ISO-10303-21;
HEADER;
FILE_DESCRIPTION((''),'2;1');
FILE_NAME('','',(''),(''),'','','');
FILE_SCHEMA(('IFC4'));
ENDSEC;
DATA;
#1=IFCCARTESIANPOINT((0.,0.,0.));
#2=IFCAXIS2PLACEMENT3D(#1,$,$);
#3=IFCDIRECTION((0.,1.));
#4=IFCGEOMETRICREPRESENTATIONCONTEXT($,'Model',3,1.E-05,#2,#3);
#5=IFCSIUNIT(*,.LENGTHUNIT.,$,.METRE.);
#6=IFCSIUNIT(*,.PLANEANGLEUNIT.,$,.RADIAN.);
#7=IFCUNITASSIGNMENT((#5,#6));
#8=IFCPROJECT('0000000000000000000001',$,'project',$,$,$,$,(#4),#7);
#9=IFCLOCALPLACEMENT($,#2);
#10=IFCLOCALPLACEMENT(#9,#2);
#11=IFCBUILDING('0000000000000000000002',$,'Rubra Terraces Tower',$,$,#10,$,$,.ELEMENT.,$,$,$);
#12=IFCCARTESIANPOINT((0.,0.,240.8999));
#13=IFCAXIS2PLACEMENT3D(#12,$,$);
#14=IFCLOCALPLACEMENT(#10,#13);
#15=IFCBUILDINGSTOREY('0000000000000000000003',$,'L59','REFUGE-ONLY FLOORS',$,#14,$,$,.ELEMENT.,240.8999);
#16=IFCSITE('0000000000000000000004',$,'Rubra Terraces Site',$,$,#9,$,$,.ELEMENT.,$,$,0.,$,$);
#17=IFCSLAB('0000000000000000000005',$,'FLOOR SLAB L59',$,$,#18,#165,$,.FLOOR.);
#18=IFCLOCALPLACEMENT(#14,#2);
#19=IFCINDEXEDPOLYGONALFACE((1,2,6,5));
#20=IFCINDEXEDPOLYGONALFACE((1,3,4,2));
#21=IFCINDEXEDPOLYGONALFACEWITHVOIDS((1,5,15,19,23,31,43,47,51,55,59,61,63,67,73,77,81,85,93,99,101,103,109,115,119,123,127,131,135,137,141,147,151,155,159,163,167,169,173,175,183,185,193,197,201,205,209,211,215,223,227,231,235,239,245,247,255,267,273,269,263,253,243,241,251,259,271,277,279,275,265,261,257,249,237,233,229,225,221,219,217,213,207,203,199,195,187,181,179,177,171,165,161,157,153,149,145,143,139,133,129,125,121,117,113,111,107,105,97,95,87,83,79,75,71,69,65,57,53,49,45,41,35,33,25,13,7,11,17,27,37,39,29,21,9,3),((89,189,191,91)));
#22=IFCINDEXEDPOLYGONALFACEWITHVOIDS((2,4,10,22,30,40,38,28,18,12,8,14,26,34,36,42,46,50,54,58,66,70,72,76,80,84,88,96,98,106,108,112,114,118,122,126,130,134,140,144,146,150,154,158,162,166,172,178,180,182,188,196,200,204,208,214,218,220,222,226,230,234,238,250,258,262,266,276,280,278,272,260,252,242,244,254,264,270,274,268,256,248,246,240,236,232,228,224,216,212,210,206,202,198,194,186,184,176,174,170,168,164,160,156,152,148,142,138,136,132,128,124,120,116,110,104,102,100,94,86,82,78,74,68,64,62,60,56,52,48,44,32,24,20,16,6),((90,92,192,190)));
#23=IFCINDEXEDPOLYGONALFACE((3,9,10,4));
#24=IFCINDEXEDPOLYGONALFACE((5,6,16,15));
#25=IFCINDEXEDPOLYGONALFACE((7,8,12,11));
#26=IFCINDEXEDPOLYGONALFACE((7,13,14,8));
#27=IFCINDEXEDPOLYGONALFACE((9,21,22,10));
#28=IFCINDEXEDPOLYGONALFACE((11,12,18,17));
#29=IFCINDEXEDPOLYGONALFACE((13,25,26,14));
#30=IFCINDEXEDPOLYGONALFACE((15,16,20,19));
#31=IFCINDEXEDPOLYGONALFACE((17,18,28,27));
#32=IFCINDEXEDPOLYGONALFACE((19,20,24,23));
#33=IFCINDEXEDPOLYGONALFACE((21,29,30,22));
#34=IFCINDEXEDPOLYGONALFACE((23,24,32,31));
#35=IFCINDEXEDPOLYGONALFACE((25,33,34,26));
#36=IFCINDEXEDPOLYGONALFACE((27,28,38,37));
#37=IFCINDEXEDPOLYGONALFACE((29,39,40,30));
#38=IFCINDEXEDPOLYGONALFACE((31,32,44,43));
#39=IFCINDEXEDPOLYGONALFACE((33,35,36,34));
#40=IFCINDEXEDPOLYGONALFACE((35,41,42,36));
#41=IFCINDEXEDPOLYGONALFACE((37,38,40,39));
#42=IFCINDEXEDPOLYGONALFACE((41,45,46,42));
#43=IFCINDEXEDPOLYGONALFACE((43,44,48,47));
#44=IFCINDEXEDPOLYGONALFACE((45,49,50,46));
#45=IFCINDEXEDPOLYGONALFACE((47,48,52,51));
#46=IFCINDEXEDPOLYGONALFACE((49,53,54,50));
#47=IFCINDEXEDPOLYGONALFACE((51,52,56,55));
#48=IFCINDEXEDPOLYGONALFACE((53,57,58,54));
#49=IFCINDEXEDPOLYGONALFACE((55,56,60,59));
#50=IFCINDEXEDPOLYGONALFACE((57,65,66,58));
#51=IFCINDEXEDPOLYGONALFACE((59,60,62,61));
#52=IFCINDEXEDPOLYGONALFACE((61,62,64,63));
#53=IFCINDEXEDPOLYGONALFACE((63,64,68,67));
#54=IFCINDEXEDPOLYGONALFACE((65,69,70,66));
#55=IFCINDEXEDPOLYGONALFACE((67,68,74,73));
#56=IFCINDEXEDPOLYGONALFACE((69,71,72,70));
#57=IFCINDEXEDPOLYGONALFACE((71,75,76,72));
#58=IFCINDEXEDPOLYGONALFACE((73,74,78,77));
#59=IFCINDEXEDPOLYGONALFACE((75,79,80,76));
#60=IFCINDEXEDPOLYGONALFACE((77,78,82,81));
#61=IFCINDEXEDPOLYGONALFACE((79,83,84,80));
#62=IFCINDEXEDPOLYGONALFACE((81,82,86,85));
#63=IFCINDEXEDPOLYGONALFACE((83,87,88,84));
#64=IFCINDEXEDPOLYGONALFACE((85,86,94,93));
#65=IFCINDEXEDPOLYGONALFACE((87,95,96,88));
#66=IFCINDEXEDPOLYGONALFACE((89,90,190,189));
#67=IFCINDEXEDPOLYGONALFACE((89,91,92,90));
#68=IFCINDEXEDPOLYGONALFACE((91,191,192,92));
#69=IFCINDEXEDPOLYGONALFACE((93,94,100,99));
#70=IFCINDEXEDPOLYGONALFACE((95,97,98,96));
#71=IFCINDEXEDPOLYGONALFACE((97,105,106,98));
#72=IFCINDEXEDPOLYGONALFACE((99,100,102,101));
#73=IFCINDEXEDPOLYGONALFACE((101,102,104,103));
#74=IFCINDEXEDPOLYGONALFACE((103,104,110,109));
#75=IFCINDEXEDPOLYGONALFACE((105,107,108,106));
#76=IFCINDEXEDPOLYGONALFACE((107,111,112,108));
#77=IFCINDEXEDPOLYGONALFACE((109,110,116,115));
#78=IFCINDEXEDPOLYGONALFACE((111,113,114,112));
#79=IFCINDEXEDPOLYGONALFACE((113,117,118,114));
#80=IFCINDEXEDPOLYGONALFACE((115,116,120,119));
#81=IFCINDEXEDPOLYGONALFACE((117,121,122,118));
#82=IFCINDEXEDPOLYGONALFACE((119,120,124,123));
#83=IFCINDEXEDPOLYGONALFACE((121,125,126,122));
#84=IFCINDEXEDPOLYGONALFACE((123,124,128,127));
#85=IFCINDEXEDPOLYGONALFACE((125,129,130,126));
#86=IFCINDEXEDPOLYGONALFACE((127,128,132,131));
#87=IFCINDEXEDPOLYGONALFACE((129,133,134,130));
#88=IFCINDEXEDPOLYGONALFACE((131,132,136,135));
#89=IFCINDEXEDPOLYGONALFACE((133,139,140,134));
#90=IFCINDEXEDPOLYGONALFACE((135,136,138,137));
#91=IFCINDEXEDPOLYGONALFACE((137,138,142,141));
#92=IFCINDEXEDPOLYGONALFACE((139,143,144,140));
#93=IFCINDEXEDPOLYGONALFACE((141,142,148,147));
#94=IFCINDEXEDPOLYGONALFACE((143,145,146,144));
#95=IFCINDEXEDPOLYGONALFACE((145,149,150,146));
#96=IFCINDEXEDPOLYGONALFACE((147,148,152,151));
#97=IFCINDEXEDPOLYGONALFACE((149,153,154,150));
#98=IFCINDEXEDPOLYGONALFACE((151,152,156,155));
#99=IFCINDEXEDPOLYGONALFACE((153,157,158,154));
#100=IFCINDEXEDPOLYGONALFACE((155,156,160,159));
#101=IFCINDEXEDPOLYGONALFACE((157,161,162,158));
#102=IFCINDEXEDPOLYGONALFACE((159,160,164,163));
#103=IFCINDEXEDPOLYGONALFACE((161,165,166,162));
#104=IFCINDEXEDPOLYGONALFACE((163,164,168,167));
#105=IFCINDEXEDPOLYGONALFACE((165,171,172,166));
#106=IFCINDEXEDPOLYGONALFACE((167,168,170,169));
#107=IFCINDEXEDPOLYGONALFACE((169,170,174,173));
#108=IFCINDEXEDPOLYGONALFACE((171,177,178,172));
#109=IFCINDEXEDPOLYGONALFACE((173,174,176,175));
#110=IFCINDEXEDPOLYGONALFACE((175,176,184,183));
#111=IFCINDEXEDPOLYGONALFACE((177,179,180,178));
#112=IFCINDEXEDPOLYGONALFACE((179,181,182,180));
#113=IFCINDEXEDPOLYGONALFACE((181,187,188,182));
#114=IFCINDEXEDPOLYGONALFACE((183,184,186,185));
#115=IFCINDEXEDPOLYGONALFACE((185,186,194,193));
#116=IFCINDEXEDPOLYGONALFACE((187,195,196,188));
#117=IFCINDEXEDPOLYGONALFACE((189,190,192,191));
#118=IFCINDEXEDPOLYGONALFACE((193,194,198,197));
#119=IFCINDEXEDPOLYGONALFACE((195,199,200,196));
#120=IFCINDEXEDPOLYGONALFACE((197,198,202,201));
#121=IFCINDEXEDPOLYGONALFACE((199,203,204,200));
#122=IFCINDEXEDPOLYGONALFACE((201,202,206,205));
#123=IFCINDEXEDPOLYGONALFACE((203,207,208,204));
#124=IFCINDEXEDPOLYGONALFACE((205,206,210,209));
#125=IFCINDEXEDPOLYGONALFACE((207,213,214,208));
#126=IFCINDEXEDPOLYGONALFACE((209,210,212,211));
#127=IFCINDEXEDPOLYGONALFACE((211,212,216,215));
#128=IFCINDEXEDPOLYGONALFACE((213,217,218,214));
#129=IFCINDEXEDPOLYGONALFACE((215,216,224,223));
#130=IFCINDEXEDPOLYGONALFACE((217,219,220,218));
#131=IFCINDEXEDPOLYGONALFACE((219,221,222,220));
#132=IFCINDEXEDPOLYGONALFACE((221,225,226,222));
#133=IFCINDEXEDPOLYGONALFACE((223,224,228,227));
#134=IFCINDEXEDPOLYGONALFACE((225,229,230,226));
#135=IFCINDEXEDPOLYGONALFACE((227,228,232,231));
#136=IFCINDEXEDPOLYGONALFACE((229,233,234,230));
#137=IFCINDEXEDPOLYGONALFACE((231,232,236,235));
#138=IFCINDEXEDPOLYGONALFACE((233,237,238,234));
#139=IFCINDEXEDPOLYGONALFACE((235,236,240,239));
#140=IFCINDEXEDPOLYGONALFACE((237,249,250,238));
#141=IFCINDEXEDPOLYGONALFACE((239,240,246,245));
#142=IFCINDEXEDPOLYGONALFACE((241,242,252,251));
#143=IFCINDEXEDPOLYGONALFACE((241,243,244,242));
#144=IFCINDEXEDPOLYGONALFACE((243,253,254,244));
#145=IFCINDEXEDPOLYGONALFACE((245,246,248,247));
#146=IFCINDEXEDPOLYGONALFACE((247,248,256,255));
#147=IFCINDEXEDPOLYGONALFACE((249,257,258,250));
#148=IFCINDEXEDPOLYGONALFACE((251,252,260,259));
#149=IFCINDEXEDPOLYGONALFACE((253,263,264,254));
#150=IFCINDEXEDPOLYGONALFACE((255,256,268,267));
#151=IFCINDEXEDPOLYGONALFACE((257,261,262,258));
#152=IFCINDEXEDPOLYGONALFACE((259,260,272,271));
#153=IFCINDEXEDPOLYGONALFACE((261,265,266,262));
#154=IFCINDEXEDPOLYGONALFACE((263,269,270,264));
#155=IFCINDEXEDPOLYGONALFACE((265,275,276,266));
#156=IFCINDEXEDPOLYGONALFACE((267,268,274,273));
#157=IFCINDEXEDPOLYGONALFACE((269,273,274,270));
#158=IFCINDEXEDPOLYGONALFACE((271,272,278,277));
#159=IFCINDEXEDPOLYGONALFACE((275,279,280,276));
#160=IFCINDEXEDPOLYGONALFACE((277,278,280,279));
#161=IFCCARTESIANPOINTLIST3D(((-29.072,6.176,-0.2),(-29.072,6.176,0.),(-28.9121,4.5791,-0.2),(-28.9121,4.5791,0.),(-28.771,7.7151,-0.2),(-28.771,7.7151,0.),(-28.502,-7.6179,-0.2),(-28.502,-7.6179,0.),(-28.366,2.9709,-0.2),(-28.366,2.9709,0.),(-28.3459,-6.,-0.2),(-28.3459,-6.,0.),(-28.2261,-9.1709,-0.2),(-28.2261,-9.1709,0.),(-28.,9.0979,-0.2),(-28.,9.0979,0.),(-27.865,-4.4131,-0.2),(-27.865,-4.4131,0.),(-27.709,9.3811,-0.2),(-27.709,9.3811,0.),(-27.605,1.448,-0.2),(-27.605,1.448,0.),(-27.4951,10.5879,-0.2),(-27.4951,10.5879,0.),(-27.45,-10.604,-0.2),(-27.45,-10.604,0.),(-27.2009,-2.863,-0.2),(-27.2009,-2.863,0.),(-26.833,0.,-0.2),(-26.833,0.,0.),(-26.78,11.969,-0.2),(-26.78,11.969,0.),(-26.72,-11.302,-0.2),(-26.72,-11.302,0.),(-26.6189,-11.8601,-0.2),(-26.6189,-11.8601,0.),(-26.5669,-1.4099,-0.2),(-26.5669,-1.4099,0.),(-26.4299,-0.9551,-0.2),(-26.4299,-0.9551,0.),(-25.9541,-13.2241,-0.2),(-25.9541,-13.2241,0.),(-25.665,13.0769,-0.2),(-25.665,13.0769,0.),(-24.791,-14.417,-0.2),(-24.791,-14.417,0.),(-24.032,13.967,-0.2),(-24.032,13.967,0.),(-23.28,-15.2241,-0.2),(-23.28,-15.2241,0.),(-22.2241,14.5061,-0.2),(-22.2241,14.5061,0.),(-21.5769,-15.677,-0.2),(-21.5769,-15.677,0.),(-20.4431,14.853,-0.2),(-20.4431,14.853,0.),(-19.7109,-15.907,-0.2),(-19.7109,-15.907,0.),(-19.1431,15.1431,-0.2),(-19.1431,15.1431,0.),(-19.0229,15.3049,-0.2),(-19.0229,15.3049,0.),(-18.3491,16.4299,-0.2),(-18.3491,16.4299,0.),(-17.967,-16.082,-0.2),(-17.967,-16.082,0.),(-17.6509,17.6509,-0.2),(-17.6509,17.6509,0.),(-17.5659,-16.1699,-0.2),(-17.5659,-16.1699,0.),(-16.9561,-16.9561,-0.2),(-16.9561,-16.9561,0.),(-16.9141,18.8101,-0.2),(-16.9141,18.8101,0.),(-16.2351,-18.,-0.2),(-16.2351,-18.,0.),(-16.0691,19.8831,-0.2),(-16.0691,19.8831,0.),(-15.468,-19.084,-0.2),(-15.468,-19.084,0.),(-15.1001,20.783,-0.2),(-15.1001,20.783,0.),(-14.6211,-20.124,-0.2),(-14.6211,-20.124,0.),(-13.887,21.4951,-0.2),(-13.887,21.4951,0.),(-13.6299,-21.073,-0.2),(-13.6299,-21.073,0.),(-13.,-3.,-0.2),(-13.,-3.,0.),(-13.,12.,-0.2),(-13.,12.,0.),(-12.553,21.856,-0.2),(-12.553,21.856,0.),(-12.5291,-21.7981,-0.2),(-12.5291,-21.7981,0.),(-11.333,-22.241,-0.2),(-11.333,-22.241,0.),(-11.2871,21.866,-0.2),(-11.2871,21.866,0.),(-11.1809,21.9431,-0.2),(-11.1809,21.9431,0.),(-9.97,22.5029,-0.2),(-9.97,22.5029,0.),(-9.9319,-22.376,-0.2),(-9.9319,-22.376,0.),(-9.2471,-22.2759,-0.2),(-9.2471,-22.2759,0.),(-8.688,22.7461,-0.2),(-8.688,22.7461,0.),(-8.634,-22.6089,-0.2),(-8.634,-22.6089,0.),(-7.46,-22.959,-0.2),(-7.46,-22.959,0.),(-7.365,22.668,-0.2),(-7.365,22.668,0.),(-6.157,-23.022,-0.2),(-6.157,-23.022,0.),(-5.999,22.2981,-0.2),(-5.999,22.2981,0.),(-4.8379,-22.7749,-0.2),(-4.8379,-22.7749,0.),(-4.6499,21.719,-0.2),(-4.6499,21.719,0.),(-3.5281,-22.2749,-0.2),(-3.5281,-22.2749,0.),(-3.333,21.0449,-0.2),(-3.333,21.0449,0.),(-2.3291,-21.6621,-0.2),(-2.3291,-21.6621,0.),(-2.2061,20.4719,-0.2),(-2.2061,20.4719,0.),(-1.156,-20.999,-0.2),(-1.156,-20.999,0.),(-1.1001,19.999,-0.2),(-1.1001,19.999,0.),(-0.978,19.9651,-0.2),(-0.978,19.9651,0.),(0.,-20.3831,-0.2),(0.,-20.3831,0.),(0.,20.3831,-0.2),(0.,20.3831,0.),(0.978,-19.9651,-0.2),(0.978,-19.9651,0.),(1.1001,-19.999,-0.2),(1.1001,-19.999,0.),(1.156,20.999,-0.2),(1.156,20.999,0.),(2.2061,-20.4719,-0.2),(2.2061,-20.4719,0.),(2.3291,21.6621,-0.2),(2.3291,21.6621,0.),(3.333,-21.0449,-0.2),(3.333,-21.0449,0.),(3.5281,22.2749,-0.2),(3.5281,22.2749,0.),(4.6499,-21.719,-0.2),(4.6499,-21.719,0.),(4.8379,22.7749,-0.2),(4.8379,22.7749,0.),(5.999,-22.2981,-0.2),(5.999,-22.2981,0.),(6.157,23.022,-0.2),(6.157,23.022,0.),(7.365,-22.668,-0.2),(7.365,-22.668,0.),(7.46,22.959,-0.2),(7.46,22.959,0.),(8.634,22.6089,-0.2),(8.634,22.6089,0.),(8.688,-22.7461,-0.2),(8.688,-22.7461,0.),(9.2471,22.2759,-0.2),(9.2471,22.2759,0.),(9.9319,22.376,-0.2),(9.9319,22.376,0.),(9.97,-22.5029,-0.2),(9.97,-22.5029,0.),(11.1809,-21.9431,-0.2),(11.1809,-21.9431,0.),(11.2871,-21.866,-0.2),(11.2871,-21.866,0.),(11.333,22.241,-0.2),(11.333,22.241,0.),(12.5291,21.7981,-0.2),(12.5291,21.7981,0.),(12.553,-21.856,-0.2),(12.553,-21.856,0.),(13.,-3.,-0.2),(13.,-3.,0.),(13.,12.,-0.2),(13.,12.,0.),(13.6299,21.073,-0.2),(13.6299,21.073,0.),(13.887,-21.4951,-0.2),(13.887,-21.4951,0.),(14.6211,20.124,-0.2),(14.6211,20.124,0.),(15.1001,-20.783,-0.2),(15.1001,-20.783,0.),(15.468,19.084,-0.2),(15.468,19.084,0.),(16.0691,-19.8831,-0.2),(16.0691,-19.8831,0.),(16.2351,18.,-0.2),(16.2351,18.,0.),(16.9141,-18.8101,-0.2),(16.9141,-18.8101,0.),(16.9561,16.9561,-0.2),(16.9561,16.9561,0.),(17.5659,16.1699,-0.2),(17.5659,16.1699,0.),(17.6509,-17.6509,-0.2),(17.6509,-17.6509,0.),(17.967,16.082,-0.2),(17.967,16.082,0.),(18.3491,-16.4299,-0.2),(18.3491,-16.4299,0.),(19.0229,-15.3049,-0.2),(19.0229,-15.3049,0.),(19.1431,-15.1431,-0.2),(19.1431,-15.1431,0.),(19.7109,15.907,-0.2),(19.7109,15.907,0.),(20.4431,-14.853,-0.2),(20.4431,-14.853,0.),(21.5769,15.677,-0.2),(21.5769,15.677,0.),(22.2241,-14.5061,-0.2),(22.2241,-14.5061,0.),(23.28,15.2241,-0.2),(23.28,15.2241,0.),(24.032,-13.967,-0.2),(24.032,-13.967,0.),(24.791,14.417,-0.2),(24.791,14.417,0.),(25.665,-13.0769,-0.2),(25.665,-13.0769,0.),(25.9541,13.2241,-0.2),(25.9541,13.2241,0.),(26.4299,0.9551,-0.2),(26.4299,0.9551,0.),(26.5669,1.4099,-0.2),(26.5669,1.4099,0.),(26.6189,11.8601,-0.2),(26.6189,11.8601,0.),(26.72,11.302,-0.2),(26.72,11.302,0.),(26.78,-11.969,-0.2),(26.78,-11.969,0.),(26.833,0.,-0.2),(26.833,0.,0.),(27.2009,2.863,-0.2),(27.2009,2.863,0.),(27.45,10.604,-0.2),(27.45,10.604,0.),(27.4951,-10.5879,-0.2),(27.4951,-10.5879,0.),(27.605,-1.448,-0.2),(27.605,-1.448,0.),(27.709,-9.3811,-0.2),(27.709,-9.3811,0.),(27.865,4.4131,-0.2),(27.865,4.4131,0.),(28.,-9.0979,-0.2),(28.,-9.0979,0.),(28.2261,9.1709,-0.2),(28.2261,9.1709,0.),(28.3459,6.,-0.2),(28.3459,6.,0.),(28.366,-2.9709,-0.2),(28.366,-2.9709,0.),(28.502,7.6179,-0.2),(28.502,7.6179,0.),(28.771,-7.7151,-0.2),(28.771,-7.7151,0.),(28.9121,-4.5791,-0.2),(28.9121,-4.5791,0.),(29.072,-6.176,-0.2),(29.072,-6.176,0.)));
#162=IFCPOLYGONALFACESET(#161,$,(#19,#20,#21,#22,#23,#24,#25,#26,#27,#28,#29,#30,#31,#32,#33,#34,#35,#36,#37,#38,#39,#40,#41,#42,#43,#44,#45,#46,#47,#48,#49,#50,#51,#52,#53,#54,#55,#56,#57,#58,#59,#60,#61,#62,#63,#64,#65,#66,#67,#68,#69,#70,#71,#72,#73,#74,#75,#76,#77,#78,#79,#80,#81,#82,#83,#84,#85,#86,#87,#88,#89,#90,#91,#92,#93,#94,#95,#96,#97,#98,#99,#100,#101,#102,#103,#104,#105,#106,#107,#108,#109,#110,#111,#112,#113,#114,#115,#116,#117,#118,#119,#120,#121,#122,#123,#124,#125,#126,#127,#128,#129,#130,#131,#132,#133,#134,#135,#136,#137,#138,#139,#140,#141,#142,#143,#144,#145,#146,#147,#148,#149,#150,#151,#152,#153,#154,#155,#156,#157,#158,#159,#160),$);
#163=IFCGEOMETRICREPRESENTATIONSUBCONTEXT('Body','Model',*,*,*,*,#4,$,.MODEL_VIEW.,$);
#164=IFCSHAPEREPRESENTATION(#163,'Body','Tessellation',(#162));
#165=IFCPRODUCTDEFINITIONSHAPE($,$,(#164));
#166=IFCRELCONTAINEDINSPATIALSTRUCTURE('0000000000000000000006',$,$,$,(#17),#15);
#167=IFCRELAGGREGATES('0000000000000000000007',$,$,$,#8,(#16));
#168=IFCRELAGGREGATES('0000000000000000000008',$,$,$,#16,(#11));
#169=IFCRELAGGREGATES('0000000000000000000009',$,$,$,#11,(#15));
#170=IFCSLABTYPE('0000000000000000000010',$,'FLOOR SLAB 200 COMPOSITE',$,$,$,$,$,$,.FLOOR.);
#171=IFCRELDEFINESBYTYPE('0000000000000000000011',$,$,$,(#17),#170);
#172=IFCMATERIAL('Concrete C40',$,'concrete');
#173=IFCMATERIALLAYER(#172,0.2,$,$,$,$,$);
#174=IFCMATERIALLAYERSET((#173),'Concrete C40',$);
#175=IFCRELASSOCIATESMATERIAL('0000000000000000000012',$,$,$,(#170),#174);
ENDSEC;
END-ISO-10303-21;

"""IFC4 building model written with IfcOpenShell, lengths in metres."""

from ifc_helpers import new_model, si_unit, direction, frame, origin, place, context, subcontext, project, spatial, polyline, outline, extrude, material, layer, layer_set, type_object, element, save


model = new_model("IFC4")

# Units and contexts
model_context = context("Model", 3, precision=1e-05, world=origin(), true_north=direction((0.0, 1.0)))
body_context = subcontext(model_context, "Body", "Model", "MODEL_VIEW")
ifc_project = project(units=[si_unit("LENGTHUNIT", "METRE"), si_unit("PLANEANGLEUNIT", "RADIAN")], contexts=[model_context])

# Site, building, storey
site_placement = place(None, origin())
site = spatial("IfcSite", under=ifc_project, at=site_placement, Name="Rubra Terraces Site", CompositionType="ELEMENT", RefElevation=0.0)
building_placement = place(site_placement, origin())
building = spatial("IfcBuilding", under=site, at=building_placement, Name="Rubra Terraces Tower", CompositionType="ELEMENT")
storey_placement = place(building_placement, frame((0.0, 0.0, 240.8999)))
storey = spatial("IfcBuildingStorey", under=building, at=storey_placement, Name="L59", Description="REFUGE-ONLY FLOORS", CompositionType="ELEMENT", Elevation=240.8999)

# Slab
ifc_material_1 = material(Name="Concrete C40", Category="concrete")
ifc_layer_1 = layer(ifc_material_1, 0.2)
ifc_layer_set_1 = layer_set([ifc_layer_1], Name="Concrete C40")
slab_type = type_object("IfcSlabType", Name="FLOOR SLAB 200 COMPOSITE", PredefinedType="FLOOR", material=ifc_layer_set_1)
slab_placement = place(storey_placement, frame((0.0, 0.0, -0.2)))
element("IfcSlab", 1, at=slab_placement, inside=storey, type_object=slab_type, Name="FLOOR SLAB L59", PredefinedType="FLOOR", context=body_context, shape_type="SweptSolid", body=[
    extrude(outline(polyline([(-3.5281, -22.2749), (-2.3291, -21.6621), (-1.156, -20.999), (0.0, -20.3831), (0.978, -19.9651), (1.1001, -19.999), (2.2061, -20.4719), (3.333, -21.0449), (4.6499, -21.719), (5.999, -22.2981), (7.365, -22.668), (8.688, -22.7461), (9.97, -22.5029), (11.1809, -21.9431), (11.2871, -21.866), (12.553, -21.856), (13.887, -21.4951), (15.1001, -20.783), (16.0691, -19.8831), (16.9141, -18.8101), (17.6509, -17.6509), (18.3491, -16.4299), (19.0229, -15.3049), (19.1431, -15.1431), (20.4431, -14.853), (22.2241, -14.5061), (24.032, -13.967), (25.665, -13.0769), (26.78, -11.969), (27.4951, -10.5879), (27.709, -9.3811), (28.0, -9.0979), (28.771, -7.7151), (29.072, -6.176), (28.9121, -4.5791), (28.366, -2.9709), (27.605, -1.448), (26.833, 0.0), (26.4299, 0.9551), (26.5669, 1.4099), (27.2009, 2.863), (27.865, 4.4131), (28.3459, 6.0), (28.502, 7.6179), (28.2261, 9.1709), (27.45, 10.604), (26.72, 11.302), (26.6189, 11.8601), (25.9541, 13.2241), (24.791, 14.417), (23.28, 15.2241), (21.5769, 15.677), (19.7109, 15.907), (17.967, 16.082), (17.5659, 16.1699), (16.9561, 16.9561), (16.2351, 18.0), (15.468, 19.084), (14.6211, 20.124), (13.6299, 21.073), (12.5291, 21.7981), (11.333, 22.241), (9.9319, 22.376), (8.489, 22.165), (9.2471, 22.2759), (8.634, 22.6089), (7.46, 22.959), (6.157, 23.022), (4.8379, 22.7749), (3.5281, 22.2749), (2.3291, 21.6621), (1.156, 20.999), (0.0, 20.3831), (-0.978, 19.9651), (-1.1001, 19.999), (-2.2061, 20.4719), (-3.333, 21.0449), (-4.6499, 21.719), (-5.999, 22.2981), (-7.365, 22.668), (-8.688, 22.7461), (-9.97, 22.5029), (-11.1809, 21.9431), (-11.2871, 21.866), (-12.553, 21.856), (-13.887, 21.4951), (-15.1001, 20.783), (-16.0691, 19.8831), (-16.9141, 18.8101), (-17.6509, 17.6509), (-18.3491, 16.4299), (-19.0229, 15.3049), (-19.1431, 15.1431), (-20.4431, 14.853), (-22.2241, 14.5061), (-24.032, 13.967), (-25.665, 13.0769), (-26.78, 11.969), (-27.4951, 10.5879), (-27.709, 9.3811), (-28.0, 9.0979), (-28.771, 7.7151), (-29.072, 6.176), (-28.9121, 4.5791), (-28.366, 2.9709), (-27.605, 1.448), (-26.833, 0.0), (-26.4299, -0.9551), (-26.5669, -1.4099), (-27.2009, -2.863), (-27.865, -4.4131), (-28.3459, -6.0), (-28.502, -7.6179), (-28.2261, -9.1709), (-27.45, -10.604), (-26.72, -11.302), (-26.6189, -11.8601), (-25.9541, -13.2241), (-24.791, -14.417), (-23.28, -15.2241), (-21.5769, -15.677), (-19.7109, -15.907), (-17.967, -16.082), (-17.5659, -16.1699), (-16.9561, -16.9561), (-16.2351, -18.0), (-15.468, -19.084), (-14.6211, -20.124), (-13.6299, -21.073), (-12.5291, -21.7981), (-11.333, -22.241), (-9.9319, -22.376), (-8.489, -22.165), (-9.2471, -22.2759), (-8.634, -22.6089), (-7.46, -22.959), (-6.157, -23.022), (-4.8379, -22.7749), (-3.5281, -22.2749)]), holes=[polyline([(13.0, 12.0), (13.0, -3.0), (-13.0, -3.0), (-13.0, 12.0), (13.0, 12.0)])]), origin(), (0.0, 0.0, 1.0), 0.2),
])

save(model, "model.ifc")
